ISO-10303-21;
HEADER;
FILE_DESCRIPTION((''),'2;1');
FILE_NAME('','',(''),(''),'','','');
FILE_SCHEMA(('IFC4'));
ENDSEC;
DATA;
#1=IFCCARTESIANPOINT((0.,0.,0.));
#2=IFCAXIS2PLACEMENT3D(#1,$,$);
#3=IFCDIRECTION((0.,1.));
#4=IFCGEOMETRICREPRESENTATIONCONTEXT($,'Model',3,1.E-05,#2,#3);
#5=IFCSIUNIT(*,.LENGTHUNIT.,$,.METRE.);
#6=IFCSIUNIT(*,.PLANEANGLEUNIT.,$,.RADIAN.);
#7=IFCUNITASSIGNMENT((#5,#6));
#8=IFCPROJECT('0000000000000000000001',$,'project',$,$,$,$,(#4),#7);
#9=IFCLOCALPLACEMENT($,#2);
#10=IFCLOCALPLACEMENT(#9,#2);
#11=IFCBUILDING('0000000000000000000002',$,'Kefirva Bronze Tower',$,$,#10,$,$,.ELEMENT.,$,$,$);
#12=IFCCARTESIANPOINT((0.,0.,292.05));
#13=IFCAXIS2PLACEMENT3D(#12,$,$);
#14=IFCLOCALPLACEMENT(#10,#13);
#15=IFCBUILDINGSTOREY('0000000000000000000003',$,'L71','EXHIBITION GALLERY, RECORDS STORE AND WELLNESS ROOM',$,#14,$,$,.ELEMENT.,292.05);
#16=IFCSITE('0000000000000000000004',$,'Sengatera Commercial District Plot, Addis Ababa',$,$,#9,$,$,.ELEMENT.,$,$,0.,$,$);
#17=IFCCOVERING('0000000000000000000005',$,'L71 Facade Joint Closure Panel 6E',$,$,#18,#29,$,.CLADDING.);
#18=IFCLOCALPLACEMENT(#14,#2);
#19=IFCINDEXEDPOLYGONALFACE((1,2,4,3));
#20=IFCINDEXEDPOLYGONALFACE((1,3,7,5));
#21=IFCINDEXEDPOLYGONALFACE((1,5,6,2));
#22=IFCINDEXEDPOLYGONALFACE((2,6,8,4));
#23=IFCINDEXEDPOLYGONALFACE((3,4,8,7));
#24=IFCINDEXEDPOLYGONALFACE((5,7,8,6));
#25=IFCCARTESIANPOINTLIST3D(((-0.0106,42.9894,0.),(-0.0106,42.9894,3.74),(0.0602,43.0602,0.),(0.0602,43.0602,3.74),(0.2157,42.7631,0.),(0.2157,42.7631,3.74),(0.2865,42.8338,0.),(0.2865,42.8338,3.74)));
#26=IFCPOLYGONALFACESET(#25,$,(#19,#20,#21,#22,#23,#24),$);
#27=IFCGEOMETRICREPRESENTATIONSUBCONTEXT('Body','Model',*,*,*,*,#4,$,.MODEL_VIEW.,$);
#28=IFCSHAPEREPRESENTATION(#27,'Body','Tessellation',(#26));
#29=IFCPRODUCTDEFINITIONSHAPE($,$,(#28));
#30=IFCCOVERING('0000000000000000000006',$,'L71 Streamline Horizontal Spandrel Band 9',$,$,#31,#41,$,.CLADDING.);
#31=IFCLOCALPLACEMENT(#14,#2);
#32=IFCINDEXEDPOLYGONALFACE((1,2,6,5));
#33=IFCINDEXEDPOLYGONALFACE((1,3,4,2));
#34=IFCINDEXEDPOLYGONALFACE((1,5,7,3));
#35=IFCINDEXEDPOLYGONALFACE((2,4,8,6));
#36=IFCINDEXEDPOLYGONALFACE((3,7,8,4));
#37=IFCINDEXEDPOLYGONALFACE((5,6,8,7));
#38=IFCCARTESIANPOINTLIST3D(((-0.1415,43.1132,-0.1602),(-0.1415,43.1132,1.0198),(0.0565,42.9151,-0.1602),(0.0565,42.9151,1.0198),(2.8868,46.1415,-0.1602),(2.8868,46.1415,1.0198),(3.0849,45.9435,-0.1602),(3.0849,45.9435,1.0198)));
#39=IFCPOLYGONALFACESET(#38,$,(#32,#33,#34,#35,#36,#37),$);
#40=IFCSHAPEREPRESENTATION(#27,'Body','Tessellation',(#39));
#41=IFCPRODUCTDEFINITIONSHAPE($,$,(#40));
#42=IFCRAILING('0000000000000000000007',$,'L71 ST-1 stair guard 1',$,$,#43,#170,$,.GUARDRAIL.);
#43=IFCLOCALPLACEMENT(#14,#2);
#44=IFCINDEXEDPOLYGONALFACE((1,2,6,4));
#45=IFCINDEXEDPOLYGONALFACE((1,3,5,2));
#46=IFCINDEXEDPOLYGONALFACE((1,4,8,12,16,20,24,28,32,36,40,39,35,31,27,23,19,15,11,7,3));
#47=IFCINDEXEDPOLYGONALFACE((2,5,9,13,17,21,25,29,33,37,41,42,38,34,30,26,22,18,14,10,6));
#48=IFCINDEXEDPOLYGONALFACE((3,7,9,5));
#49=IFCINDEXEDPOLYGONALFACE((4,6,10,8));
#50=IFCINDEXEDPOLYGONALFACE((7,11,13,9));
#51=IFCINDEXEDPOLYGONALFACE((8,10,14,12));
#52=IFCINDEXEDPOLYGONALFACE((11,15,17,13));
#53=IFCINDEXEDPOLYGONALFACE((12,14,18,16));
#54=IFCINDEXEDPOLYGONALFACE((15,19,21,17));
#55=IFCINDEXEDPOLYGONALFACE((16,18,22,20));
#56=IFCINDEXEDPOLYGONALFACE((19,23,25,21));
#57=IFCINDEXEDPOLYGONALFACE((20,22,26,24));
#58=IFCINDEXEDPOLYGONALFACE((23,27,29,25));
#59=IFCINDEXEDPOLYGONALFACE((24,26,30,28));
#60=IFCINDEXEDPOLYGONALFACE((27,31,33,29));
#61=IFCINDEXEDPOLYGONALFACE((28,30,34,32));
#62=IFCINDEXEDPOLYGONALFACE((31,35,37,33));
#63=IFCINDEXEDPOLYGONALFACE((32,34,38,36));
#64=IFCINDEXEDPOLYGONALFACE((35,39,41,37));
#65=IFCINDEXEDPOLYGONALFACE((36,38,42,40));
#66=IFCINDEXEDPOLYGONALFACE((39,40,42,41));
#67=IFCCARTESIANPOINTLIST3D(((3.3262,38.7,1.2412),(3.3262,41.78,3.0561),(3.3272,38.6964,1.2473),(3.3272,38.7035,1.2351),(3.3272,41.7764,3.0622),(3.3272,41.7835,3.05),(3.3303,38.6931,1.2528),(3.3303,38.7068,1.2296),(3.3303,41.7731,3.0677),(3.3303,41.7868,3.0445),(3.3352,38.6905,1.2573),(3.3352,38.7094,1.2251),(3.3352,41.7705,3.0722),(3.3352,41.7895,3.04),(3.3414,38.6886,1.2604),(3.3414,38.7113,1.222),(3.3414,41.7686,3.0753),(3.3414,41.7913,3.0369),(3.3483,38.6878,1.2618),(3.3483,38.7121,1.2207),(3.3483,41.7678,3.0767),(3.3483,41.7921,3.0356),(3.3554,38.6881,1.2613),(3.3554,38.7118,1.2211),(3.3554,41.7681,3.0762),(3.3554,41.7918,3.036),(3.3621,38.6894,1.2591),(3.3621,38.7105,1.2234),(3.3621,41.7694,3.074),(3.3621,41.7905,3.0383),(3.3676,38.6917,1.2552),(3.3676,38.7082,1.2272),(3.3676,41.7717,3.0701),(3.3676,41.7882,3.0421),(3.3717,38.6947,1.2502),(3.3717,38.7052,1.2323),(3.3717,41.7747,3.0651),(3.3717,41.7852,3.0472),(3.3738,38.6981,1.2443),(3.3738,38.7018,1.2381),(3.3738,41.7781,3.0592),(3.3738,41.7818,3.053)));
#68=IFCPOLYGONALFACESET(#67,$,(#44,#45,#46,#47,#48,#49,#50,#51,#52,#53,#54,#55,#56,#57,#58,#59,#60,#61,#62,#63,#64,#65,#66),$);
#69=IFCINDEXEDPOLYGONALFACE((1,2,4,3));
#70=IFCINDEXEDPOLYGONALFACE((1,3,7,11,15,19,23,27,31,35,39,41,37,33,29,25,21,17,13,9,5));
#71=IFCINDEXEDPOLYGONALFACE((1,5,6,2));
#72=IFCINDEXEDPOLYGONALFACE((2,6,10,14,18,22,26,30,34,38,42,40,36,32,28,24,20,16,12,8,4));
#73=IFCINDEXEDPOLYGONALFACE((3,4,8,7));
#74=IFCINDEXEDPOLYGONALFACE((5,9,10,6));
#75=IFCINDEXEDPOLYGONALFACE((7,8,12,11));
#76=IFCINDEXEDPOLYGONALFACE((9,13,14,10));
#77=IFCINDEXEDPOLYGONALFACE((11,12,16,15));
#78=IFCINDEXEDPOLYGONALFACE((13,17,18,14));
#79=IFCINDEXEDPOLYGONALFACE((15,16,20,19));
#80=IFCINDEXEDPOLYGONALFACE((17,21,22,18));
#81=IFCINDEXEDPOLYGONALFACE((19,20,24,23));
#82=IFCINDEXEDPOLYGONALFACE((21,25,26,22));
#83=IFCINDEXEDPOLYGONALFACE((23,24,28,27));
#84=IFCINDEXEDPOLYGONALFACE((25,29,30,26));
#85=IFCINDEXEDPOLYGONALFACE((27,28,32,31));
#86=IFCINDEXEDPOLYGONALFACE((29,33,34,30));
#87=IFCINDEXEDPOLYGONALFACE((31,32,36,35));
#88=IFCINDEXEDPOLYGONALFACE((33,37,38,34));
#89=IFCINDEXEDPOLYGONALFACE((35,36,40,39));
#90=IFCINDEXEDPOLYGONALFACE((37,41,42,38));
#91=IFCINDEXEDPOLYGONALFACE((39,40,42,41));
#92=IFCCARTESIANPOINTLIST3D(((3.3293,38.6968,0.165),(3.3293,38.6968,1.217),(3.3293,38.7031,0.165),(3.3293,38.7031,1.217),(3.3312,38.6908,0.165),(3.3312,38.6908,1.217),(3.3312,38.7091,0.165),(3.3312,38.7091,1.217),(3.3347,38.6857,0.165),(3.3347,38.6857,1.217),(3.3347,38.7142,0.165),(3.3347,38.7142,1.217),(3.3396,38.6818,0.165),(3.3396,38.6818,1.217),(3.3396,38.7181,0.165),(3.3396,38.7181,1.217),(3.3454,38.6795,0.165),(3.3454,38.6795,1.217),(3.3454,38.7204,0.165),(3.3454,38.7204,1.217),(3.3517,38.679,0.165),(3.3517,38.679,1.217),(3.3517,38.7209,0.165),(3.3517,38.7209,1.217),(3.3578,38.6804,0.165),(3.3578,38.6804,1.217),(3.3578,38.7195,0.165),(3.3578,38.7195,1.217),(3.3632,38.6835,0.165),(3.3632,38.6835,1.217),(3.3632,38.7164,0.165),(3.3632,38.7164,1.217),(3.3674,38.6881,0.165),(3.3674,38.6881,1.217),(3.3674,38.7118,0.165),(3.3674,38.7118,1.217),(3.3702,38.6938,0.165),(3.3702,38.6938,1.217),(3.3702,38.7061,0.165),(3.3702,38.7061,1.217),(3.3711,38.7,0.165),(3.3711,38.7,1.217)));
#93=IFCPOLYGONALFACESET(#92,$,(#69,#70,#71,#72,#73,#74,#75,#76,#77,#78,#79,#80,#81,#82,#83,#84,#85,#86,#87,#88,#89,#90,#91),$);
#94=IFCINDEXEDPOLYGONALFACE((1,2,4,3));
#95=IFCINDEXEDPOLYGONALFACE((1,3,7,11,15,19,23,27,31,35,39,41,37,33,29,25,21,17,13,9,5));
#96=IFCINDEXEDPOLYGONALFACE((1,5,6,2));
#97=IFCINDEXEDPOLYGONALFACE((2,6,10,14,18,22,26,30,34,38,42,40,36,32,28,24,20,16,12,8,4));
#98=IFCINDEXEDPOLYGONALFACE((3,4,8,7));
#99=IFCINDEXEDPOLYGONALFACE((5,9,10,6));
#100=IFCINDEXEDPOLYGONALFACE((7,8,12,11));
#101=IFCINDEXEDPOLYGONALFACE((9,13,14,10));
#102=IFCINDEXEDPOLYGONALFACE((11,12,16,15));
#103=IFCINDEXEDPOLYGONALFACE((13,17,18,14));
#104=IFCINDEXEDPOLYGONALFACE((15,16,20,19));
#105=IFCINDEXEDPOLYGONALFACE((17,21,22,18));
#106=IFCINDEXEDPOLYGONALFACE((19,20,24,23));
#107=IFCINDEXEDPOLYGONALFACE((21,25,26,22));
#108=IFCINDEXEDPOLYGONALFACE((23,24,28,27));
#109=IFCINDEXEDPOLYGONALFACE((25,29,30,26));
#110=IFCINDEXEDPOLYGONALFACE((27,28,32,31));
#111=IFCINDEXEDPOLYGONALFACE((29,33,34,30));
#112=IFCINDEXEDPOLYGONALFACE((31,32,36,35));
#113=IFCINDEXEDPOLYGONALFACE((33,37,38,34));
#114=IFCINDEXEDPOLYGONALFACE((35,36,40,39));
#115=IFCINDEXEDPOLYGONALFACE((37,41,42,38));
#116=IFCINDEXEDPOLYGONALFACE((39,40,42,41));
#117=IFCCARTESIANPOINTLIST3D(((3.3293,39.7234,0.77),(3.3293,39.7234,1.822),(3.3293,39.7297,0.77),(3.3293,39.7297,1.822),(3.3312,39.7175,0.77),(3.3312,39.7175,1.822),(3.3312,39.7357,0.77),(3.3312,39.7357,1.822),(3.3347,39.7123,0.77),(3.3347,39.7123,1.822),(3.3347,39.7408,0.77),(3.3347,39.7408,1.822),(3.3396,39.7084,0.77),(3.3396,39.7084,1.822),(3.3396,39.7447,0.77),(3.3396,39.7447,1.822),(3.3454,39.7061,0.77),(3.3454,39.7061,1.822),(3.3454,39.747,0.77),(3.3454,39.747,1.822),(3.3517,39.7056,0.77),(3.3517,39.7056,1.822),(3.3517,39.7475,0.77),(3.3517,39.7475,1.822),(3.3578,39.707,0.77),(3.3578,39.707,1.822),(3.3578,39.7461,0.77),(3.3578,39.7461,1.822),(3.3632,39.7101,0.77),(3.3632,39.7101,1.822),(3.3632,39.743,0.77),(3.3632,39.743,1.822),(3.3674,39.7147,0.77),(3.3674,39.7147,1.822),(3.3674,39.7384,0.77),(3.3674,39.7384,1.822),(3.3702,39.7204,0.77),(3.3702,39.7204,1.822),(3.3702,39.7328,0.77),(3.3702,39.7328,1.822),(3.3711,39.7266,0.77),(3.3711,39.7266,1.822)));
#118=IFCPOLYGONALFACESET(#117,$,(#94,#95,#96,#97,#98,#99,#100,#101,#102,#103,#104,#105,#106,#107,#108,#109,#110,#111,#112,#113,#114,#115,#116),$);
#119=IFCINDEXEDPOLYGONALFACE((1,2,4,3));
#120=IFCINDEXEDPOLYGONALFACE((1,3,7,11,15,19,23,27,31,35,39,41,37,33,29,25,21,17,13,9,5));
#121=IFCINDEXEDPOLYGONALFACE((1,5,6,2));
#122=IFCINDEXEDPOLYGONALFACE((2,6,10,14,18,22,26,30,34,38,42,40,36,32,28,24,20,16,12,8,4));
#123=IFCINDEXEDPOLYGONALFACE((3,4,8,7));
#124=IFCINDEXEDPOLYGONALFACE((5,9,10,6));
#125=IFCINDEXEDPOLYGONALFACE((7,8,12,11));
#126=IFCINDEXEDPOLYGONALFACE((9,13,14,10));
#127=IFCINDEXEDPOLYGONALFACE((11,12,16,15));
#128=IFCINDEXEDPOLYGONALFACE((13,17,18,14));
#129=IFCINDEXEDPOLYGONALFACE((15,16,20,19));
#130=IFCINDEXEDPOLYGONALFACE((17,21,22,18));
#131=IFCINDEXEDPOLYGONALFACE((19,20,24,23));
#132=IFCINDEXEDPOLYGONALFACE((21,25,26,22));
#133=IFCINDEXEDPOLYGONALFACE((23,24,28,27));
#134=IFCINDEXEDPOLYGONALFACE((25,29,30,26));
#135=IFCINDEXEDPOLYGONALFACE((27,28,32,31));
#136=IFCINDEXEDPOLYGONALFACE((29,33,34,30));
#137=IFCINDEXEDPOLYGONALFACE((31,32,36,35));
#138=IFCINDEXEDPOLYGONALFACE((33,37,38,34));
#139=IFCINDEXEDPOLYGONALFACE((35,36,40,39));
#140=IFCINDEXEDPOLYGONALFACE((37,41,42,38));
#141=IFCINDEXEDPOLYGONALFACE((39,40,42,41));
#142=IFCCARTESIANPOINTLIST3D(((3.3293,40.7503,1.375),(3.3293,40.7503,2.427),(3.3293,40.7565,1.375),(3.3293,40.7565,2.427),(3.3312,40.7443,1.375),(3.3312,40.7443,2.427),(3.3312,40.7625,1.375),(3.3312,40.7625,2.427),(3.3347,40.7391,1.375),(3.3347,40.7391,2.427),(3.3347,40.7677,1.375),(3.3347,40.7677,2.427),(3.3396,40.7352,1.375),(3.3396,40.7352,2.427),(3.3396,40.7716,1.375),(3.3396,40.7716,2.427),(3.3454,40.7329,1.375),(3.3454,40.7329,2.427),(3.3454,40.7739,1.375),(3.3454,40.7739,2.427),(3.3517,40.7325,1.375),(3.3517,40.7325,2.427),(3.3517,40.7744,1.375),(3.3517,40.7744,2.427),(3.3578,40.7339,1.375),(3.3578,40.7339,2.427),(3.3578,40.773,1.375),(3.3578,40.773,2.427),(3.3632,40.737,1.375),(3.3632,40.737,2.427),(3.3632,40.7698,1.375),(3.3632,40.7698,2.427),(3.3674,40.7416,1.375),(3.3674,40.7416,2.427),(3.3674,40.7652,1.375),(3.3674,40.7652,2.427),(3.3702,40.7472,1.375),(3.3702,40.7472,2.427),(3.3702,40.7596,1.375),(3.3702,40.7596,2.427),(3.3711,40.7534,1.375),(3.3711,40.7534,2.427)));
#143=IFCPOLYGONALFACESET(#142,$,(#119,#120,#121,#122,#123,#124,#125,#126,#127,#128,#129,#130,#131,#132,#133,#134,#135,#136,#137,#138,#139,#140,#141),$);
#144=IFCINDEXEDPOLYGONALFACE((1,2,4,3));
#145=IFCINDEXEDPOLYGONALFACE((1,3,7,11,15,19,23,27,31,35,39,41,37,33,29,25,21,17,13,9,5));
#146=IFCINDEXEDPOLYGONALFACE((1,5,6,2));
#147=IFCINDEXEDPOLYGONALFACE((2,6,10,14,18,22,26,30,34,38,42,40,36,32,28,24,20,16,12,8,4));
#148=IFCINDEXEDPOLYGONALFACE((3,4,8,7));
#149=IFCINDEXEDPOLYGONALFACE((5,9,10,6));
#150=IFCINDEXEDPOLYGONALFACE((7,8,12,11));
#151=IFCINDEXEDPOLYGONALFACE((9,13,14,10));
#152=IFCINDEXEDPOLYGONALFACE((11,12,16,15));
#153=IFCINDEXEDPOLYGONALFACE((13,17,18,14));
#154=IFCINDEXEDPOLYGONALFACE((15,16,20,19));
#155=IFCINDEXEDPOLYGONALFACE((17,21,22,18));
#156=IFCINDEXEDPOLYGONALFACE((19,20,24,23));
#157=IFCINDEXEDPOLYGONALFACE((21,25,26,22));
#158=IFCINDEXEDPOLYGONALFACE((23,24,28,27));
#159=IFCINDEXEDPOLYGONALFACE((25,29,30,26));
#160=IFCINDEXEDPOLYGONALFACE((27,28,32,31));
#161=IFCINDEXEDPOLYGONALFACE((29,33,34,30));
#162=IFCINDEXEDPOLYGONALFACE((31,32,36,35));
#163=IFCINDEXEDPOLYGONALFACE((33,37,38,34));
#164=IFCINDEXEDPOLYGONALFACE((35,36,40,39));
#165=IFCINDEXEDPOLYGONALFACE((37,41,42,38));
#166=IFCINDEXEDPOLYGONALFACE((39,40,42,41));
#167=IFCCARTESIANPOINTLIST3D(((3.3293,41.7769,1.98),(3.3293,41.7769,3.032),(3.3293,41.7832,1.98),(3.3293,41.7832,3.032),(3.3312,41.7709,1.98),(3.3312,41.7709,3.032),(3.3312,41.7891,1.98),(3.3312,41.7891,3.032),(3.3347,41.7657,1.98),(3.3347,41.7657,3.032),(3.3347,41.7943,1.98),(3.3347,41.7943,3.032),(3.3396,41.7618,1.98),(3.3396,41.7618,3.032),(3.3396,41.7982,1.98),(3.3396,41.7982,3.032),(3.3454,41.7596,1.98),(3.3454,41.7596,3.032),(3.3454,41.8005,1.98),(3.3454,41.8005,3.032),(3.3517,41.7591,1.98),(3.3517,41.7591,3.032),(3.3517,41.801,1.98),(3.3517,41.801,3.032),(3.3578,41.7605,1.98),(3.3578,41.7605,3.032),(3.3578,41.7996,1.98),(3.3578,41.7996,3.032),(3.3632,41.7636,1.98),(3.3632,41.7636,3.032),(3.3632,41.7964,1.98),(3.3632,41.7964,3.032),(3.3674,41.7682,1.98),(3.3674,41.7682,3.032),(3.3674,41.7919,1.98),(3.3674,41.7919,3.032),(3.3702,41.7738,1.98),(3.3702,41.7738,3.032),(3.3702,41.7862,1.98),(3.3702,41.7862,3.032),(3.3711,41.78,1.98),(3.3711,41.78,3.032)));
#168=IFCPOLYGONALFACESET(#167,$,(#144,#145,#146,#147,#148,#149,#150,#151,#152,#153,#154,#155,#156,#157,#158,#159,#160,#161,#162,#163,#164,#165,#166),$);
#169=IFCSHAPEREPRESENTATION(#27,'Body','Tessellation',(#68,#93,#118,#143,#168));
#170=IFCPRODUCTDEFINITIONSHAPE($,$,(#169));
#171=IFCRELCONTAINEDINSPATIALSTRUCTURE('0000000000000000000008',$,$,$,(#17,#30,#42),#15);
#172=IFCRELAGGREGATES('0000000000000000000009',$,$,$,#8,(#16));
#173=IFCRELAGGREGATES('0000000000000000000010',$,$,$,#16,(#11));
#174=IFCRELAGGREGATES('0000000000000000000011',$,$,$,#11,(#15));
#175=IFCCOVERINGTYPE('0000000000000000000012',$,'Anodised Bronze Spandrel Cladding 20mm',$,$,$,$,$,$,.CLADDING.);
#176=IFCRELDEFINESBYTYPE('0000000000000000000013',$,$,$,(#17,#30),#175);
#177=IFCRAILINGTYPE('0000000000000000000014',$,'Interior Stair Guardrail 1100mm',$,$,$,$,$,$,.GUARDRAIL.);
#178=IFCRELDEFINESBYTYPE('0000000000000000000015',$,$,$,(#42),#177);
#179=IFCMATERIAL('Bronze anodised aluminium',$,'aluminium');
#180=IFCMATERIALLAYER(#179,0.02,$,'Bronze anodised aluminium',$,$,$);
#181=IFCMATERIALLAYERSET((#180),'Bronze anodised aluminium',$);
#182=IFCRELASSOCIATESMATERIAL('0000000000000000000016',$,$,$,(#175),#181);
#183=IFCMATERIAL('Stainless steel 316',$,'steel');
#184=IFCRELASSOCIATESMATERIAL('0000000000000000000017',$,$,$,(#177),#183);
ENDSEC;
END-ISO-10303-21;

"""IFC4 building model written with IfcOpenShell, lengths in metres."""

from ifc_helpers import new_model, si_unit, direction, frame, origin, origin_2d, place, context, subcontext, project, spatial, rectangle, circle, extrude, material, layer, layer_set, type_object, element, save


model = new_model("IFC4")

# Units and contexts
model_context = context("Model", 3, precision=1e-05, world=origin(), true_north=direction((0.0, 1.0)))
body_context = subcontext(model_context, "Body", "Model", "MODEL_VIEW")
ifc_project = project(units=[si_unit("LENGTHUNIT", "METRE"), si_unit("PLANEANGLEUNIT", "RADIAN")], contexts=[model_context])

# Site, building, storey
site_placement = place(None, origin())
site = spatial("IfcSite", under=ifc_project, at=site_placement, Name="Sengatera Commercial District Plot, Addis Ababa", CompositionType="ELEMENT", RefElevation=0.0)
building_placement = place(site_placement, origin())
building = spatial("IfcBuilding", under=site, at=building_placement, Name="Kefirva Bronze Tower", CompositionType="ELEMENT")
storey_placement = place(building_placement, frame((0.0, 0.0, 292.05)))
storey = spatial("IfcBuildingStorey", under=building, at=storey_placement, Name="L71", Description="EXHIBITION GALLERY, RECORDS STORE AND WELLNESS ROOM", CompositionType="ELEMENT", Elevation=292.05)

# Coverings
ifc_material_1 = material(Name="Bronze anodised aluminium", Category="aluminium")
ifc_layer_1 = layer(ifc_material_1, 0.02, Name="Bronze anodised aluminium")
ifc_layer_set_1 = layer_set([ifc_layer_1], Name="Bronze anodised aluminium")
covering_type_1 = type_object("IfcCoveringType", Name="Anodised Bronze Spandrel Cladding 20mm", PredefinedType="CLADDING", material=ifc_layer_set_1)
for number, where, z_axis, x_axis, name in (
    (1, (0.1379, 42.9116, 0.0), (0.0, 0.0, 1.0), (-0.707107, -0.707107, 0.0), "L71 Facade Joint Closure Panel 6E"),
):
    element("IfcCovering", number, at=place(storey_placement, frame(where, z_axis=z_axis, x_axis=x_axis)), inside=storey, type_object=covering_type_1, Name=name, PredefinedType="CLADDING", context=body_context, shape_type="SweptSolid", body=[
        extrude(rectangle(XDim=0.1001, YDim=0.3201, at=origin_2d()), origin(), (0.0, 0.0, 1.0), 3.74),
    ])
covering_1_placement = place(storey_placement, frame((1.4717, 44.5283, -0.1602), z_axis=(0.0, 0.0, 1.0), x_axis=(-0.707107, -0.707107, 0.0)))
element("IfcCovering", 2, at=covering_1_placement, inside=storey, type_object=covering_type_1, Name="L71 Streamline Horizontal Spandrel Band 9", PredefinedType="CLADDING", context=body_context, shape_type="SweptSolid", body=[
    extrude(rectangle(XDim=4.2827, YDim=0.28, at=origin_2d()), origin(), (0.0, 0.0, 1.0), 1.1799),
])

# Railing
ifc_material_2 = material(Name="Stainless steel 316", Category="steel")
railing_type_1 = type_object("IfcRailingType", Name="Interior Stair Guardrail 1100mm", PredefinedType="GUARDRAIL", material=ifc_material_2)
railing_1_placement = place(storey_placement, frame((3.3501, 38.7, 0.165)))
element("IfcRailing", 3, at=railing_1_placement, inside=storey, type_object=railing_type_1, Name="L71 ST-1 stair guard 1", PredefinedType="GUARDRAIL", context=body_context, shape_type="SweptSolid", body=[
    extrude(circle(Radius=0.0239, at=origin_2d()), frame((0.0, 0.0, 1.0762), z_axis=(0.0, 0.861551, 0.507671), x_axis=(-1.0, 0.0, 0.0)), (0.0, 0.0, 1.0), 3.575),
    extrude(circle(Radius=0.021, at=origin_2d()), origin(), (0.0, 0.0, 1.0), 1.052),
    extrude(circle(Radius=0.021, at=origin_2d()), frame((0.0, 1.0266, 0.605)), (0.0, 0.0, 1.0), 1.052),
    extrude(circle(Radius=0.021, at=origin_2d()), frame((0.0, 2.0535, 1.21)), (0.0, 0.0, 1.0), 1.052),
    extrude(circle(Radius=0.021, at=origin_2d()), frame((0.0, 3.0801, 1.8149)), (0.0, 0.0, 1.0), 1.052),
])

save(model, "model.ifc")
